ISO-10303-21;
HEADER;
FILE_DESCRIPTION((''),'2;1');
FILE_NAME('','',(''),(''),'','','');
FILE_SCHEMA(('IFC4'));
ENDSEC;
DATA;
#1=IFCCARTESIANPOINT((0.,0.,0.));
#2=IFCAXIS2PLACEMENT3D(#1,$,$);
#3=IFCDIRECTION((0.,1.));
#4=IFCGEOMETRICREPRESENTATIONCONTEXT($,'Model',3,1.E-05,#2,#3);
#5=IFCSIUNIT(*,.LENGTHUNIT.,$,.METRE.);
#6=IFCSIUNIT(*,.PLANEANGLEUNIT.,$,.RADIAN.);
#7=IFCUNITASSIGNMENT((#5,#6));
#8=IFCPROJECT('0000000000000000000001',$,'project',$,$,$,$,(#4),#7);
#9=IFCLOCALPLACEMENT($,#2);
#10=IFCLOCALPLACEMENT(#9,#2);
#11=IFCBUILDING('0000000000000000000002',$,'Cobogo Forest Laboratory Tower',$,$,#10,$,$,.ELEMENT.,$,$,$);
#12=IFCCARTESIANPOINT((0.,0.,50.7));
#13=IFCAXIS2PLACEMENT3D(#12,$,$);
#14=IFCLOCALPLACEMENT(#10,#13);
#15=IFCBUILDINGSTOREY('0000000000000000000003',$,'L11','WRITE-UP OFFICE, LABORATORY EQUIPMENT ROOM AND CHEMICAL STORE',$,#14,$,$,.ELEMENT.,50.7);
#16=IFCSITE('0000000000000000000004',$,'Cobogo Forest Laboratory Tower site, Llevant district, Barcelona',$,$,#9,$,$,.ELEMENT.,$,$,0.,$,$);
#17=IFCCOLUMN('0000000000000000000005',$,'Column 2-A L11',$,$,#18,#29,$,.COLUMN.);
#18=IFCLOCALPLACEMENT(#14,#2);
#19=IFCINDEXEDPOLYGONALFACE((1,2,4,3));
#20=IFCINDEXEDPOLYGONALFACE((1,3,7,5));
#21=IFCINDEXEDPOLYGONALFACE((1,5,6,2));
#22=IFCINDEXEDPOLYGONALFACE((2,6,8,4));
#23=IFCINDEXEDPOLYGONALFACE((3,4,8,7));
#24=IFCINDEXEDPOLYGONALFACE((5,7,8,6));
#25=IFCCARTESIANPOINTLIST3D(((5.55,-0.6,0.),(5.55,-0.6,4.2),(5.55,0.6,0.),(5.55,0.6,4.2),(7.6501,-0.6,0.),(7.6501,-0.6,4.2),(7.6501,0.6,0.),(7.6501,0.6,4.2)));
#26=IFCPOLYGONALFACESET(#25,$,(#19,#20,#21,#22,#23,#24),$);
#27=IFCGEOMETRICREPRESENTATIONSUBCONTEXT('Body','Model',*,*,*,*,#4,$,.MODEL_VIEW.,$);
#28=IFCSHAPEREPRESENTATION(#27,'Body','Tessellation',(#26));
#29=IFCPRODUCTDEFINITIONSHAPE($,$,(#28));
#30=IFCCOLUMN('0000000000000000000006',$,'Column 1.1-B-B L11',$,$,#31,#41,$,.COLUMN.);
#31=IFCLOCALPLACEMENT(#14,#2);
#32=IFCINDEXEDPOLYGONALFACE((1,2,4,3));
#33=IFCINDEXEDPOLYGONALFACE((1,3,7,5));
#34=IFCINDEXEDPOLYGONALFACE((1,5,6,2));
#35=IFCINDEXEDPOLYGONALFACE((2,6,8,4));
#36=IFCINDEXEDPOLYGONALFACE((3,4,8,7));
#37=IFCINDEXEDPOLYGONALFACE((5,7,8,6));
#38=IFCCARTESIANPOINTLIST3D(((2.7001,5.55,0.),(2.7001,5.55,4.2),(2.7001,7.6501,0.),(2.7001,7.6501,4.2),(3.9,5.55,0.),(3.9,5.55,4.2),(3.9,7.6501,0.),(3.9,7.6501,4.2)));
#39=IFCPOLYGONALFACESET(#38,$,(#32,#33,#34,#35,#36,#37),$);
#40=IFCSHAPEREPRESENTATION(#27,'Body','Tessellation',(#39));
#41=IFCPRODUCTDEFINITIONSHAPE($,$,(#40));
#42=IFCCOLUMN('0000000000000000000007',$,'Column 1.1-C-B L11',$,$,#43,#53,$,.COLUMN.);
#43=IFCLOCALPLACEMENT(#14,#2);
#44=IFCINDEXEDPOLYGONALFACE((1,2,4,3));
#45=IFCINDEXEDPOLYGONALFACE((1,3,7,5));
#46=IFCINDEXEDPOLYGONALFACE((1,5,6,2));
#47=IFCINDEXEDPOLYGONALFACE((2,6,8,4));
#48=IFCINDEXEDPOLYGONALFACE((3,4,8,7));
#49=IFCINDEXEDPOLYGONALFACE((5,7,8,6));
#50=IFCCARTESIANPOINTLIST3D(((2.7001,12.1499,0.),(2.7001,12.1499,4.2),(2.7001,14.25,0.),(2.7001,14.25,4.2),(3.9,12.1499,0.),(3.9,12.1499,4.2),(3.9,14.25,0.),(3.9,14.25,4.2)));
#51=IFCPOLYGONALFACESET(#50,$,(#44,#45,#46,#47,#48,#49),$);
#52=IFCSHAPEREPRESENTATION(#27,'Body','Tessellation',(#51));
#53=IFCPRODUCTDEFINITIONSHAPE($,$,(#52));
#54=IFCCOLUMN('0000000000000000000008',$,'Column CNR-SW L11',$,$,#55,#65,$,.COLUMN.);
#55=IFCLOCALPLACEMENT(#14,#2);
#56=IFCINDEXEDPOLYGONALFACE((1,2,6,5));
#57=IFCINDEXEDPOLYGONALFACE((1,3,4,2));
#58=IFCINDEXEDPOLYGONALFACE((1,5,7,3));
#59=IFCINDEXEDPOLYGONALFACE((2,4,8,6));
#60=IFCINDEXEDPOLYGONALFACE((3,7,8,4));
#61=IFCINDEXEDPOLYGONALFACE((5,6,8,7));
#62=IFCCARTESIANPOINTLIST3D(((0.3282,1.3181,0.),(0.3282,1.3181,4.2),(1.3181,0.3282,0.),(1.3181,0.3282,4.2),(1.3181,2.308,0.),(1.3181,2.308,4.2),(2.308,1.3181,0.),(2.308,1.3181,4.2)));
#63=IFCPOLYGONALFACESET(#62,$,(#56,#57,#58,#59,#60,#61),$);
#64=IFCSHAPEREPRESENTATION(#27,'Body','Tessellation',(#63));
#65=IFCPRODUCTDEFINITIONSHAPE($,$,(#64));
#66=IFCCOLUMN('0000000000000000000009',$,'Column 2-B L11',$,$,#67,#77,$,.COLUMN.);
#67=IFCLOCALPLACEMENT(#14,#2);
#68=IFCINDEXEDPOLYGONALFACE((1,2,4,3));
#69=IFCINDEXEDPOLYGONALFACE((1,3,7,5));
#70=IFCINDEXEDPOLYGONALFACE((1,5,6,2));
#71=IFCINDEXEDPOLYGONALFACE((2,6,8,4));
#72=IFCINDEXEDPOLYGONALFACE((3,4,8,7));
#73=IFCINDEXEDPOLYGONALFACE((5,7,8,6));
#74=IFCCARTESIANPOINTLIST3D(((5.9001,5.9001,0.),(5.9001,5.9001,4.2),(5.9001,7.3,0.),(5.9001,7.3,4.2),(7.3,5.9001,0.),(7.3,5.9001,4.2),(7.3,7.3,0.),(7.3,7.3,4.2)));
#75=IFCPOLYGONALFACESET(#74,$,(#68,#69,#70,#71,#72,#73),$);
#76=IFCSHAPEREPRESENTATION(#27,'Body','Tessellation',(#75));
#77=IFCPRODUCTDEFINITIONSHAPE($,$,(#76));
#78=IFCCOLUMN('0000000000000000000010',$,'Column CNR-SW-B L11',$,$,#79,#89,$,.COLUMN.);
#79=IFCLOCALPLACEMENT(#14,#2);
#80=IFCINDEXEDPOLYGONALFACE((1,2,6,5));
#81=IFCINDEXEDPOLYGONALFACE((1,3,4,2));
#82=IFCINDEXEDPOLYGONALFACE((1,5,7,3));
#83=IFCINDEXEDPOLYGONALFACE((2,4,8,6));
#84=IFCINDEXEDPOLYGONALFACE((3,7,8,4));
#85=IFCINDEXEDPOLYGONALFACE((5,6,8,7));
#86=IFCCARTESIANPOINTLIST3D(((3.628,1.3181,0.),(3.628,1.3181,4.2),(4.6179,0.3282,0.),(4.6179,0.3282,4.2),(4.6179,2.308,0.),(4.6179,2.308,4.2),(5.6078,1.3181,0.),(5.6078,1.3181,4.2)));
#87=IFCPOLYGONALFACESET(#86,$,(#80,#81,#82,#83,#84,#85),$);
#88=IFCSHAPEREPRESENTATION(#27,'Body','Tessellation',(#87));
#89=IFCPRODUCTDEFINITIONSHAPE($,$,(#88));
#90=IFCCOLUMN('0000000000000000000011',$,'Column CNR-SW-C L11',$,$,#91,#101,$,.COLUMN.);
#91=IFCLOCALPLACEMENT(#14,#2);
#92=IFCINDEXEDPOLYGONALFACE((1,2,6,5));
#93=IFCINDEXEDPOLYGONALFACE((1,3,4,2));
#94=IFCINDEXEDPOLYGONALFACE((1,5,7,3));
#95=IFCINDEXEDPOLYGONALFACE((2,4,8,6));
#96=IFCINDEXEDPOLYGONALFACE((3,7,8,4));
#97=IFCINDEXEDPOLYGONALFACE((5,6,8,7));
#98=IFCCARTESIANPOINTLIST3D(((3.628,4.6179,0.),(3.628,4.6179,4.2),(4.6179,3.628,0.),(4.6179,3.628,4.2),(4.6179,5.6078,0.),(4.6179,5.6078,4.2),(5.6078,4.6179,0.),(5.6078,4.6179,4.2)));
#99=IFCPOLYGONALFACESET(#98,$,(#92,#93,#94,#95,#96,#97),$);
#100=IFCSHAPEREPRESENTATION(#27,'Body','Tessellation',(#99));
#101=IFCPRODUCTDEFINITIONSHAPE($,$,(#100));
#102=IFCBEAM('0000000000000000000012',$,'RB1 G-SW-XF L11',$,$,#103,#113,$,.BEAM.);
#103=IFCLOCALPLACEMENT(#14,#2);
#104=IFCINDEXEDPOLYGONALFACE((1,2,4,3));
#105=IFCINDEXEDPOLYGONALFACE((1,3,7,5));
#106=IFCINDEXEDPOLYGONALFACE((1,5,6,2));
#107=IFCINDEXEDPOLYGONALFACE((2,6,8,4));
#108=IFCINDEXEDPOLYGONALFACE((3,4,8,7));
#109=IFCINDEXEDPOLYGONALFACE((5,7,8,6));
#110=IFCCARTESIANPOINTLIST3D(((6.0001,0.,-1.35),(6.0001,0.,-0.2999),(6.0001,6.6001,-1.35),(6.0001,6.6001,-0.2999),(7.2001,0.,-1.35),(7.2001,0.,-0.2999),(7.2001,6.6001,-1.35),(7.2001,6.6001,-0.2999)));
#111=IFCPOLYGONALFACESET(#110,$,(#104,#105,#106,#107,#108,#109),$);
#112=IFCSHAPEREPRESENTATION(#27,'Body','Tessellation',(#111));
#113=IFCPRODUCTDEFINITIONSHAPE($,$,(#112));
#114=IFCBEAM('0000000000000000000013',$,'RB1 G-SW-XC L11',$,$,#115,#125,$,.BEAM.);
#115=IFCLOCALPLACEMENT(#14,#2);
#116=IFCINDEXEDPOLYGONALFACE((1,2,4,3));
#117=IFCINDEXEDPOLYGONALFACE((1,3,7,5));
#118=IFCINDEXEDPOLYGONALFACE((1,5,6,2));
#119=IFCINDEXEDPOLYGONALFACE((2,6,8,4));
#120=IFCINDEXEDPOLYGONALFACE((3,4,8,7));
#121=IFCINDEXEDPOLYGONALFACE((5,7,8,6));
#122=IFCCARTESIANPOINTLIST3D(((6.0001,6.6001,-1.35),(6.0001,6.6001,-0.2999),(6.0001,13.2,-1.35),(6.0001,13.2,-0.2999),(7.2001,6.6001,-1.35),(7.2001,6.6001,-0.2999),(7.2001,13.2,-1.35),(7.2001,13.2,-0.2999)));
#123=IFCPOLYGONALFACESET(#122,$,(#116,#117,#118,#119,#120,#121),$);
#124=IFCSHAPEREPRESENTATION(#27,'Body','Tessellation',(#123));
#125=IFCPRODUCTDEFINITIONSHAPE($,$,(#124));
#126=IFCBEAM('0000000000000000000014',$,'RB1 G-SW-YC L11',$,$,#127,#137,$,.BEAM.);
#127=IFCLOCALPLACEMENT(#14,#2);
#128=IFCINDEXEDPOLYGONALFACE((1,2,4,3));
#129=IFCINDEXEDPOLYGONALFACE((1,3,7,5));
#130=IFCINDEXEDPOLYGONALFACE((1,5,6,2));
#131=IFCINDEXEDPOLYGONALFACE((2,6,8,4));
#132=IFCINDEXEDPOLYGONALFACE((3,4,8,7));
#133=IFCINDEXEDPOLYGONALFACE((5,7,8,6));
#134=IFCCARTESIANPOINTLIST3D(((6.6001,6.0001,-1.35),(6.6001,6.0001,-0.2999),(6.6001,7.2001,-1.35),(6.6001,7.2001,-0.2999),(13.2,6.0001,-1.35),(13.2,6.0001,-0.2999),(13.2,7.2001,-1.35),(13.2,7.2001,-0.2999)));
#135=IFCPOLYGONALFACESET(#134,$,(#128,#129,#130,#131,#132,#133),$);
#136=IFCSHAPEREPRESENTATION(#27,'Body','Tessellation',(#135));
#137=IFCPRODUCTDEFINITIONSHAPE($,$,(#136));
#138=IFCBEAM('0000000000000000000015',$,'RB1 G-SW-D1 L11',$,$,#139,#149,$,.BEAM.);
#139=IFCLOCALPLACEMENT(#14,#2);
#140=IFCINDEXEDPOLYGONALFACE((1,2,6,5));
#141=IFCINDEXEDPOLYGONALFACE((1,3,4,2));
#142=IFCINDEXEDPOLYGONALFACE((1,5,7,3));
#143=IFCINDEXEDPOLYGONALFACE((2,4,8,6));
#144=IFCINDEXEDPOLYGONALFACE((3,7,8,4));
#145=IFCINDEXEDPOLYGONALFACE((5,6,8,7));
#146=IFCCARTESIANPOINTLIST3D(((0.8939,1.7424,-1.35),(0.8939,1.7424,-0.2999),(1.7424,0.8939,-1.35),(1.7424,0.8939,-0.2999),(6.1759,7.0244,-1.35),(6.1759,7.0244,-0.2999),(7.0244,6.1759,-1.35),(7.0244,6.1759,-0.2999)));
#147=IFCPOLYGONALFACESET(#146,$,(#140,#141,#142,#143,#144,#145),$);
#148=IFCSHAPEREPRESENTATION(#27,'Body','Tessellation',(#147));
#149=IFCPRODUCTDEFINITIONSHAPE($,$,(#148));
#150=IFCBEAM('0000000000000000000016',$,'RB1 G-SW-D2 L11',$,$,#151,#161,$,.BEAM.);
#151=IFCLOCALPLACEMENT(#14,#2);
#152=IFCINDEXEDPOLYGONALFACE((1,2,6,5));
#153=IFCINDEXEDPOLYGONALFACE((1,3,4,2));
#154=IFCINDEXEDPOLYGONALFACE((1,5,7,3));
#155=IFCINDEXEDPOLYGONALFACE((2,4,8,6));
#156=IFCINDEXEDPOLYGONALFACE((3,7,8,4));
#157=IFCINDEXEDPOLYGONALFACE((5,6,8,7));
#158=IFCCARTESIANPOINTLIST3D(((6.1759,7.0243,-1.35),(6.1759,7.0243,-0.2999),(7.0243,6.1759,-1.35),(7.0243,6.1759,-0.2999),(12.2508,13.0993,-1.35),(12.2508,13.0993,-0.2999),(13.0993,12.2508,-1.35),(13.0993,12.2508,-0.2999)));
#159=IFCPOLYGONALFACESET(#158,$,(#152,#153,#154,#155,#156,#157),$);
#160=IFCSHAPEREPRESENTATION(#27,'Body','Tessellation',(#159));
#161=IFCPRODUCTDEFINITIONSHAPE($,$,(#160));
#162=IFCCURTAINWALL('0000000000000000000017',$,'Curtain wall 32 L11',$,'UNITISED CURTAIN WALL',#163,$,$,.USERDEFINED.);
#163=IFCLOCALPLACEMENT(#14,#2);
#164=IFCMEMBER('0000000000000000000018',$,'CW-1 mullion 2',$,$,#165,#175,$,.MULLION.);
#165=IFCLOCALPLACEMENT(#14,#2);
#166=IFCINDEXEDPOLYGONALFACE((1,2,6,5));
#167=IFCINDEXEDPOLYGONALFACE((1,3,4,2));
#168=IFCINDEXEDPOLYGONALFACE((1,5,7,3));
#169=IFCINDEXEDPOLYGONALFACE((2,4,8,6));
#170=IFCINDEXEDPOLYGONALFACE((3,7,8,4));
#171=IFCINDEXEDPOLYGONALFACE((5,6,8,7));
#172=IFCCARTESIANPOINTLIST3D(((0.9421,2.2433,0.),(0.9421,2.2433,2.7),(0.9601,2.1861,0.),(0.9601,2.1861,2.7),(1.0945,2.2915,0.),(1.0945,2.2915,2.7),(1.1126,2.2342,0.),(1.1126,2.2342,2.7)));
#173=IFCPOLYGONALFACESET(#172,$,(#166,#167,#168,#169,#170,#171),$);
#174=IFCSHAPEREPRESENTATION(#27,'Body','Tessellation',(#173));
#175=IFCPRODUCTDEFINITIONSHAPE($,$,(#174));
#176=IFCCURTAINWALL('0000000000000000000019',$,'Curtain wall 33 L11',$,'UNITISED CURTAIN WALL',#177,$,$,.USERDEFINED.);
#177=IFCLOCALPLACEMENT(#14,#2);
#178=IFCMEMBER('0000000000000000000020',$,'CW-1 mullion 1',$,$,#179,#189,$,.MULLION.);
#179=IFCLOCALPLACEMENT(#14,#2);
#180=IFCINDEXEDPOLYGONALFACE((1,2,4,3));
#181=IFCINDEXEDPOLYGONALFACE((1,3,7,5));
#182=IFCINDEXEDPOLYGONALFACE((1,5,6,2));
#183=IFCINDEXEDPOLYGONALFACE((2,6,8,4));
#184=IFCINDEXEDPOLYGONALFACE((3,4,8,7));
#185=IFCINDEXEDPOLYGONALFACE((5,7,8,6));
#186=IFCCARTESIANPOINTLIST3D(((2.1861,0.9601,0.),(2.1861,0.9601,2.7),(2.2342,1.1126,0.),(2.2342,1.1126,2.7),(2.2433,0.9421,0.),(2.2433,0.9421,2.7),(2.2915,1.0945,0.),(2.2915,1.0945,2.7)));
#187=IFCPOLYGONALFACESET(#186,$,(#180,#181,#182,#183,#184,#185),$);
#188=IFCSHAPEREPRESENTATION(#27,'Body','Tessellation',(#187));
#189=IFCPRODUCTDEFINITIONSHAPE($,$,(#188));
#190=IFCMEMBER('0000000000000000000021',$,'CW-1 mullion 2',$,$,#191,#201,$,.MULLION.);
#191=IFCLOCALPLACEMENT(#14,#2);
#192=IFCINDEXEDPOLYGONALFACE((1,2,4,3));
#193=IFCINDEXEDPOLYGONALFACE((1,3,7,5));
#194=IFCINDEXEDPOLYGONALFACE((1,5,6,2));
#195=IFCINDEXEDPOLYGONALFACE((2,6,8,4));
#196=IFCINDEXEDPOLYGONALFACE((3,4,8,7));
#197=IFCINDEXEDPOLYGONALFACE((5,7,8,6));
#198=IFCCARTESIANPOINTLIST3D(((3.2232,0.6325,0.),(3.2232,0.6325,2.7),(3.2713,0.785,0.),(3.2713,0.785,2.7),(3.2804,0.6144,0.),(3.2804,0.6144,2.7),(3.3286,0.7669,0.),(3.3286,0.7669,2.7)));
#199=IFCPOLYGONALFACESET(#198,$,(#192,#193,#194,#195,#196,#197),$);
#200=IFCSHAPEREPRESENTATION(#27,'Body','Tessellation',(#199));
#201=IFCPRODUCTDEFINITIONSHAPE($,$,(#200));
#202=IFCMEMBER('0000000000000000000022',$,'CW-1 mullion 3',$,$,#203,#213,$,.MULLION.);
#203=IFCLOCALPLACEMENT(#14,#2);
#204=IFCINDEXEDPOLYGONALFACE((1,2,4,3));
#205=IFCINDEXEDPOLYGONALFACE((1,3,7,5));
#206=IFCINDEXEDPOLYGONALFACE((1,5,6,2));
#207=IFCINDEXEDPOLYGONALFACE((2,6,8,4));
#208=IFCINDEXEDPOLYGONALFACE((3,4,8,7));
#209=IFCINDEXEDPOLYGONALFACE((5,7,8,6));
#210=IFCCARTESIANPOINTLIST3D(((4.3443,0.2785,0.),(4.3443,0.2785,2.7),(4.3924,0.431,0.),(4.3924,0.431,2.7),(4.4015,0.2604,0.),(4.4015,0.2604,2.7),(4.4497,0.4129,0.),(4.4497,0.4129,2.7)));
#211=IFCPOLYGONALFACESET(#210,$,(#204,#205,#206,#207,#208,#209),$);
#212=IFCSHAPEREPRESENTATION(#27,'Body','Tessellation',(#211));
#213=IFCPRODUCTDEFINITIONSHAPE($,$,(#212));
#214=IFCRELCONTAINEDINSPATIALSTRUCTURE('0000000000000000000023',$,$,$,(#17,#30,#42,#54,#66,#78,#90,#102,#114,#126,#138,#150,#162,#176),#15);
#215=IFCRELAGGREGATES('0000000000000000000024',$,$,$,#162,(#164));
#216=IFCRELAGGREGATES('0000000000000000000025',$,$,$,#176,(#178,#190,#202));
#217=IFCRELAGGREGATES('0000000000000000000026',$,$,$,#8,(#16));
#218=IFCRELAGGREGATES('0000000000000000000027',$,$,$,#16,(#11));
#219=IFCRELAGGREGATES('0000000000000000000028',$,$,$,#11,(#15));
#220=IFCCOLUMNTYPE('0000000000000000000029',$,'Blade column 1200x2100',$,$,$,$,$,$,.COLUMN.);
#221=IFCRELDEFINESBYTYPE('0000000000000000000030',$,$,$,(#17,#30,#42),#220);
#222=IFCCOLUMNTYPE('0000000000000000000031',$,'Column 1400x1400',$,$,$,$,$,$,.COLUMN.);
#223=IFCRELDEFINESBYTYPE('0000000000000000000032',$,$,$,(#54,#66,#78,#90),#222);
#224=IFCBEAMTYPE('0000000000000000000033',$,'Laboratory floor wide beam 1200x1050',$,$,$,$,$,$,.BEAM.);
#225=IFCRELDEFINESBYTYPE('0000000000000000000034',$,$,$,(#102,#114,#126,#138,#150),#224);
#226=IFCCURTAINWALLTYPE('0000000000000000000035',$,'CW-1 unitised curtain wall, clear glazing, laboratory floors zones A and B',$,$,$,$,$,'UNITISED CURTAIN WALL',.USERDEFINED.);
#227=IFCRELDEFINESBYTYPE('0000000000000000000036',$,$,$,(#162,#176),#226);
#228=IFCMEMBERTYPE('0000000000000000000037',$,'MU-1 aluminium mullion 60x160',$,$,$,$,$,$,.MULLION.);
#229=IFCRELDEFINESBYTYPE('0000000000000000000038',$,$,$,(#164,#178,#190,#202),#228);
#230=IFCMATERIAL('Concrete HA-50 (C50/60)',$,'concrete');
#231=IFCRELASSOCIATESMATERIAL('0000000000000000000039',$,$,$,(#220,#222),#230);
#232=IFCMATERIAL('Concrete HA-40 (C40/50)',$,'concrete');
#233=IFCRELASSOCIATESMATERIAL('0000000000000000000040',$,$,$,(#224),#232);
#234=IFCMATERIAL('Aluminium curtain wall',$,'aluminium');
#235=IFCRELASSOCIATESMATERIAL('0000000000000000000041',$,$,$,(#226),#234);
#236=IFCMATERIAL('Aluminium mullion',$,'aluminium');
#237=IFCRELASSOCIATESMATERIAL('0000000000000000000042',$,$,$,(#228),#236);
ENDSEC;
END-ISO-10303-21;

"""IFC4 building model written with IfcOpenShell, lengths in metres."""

from ifc_helpers import new_model, si_unit, direction, frame, origin, origin_2d, place, context, subcontext, project, spatial, rectangle, extrude, material, material_profile, profile_set, type_object, element, aggregate, save


model = new_model("IFC4")

# Units and contexts
model_context = context("Model", 3, precision=1e-05, world=origin(), true_north=direction((0.0, 1.0)))
body_context = subcontext(model_context, "Body", "Model", "MODEL_VIEW")
ifc_project = project(units=[si_unit("LENGTHUNIT", "METRE"), si_unit("PLANEANGLEUNIT", "RADIAN")], contexts=[model_context])

# Site, building, storey
site_placement = place(None, origin())
site = spatial("IfcSite", under=ifc_project, at=site_placement, Name="Cobogo Forest Laboratory Tower site, Llevant district, Barcelona", CompositionType="ELEMENT", RefElevation=0.0)
building_placement = place(site_placement, origin())
building = spatial("IfcBuilding", under=site, at=building_placement, Name="Cobogo Forest Laboratory Tower", CompositionType="ELEMENT")
storey_placement = place(building_placement, frame((0.0, 0.0, 50.7)))
storey = spatial("IfcBuildingStorey", under=building, at=storey_placement, Name="L11", Description="WRITE-UP OFFICE, LABORATORY EQUIPMENT ROOM AND CHEMICAL STORE", CompositionType="ELEMENT", Elevation=50.7)

# Columns
ifc_material_1 = material(Name="Concrete HA-50 (C50/60)", Category="concrete")
ifc_material_profile_1 = material_profile(ifc_material_1, rectangle(XDim=2.1001, YDim=1.2, at=origin_2d()), Name="RC 1200x2100")
ifc_profile_set_1 = profile_set([ifc_material_profile_1], Name="Concrete HA-50 (C50/60)")
column_type_1 = type_object("IfcColumnType", Name="Blade column 1200x2100", PredefinedType="COLUMN", material=ifc_profile_set_1)
for number, where, z_axis, x_axis, name in (
    (1, (6.6001, 0.0, 0.0), (0.0, 0.0, 1.0), (1.0, 0.0, 0.0), "Column 2-A L11"),
    (2, (3.3, 6.6001, 0.0), (0.0, 0.0, 1.0), (0.0, 1.0, 0.0), "Column 1.1-B-B L11"),
    (3, (3.3, 13.2, 0.0), (0.0, 0.0, 1.0), (0.0, 1.0, 0.0), "Column 1.1-C-B L11"),
):
    element("IfcColumn", number, at=place(storey_placement, frame(where, z_axis=z_axis, x_axis=x_axis)), inside=storey, type_object=column_type_1, Name=name, PredefinedType="COLUMN", context=body_context, shape_type="SweptSolid", body=[
        extrude(rectangle(XDim=2.1001, YDim=1.2, at=origin_2d()), origin(), (0.0, 0.0, 1.0), 4.2),
    ])
ifc_material_profile_2 = material_profile(ifc_material_1, rectangle(XDim=1.3999, YDim=1.3999, at=origin_2d()), Name="RC 1400x1400")
ifc_profile_set_2 = profile_set([ifc_material_profile_2], Name="Concrete HA-50 (C50/60)")
column_type_2 = type_object("IfcColumnType", Name="Column 1400x1400", PredefinedType="COLUMN", material=ifc_profile_set_2)
for number, where, z_axis, x_axis, name in (
    (4, (1.3181, 1.3181, 0.0), (0.0, 0.0, 1.0), (0.707107, 0.707107, 0.0), "Column CNR-SW L11"),
    (5, (6.6001, 6.6001, 0.0), (0.0, 0.0, 1.0), (1.0, 0.0, 0.0), "Column 2-B L11"),
    (6, (4.6179, 1.3181, 0.0), (0.0, 0.0, 1.0), (0.707107, 0.707107, 0.0), "Column CNR-SW-B L11"),
    (7, (4.6179, 4.6179, 0.0), (0.0, 0.0, 1.0), (0.707107, 0.707107, 0.0), "Column CNR-SW-C L11"),
):
    element("IfcColumn", number, at=place(storey_placement, frame(where, z_axis=z_axis, x_axis=x_axis)), inside=storey, type_object=column_type_2, Name=name, PredefinedType="COLUMN", context=body_context, shape_type="SweptSolid", body=[
        extrude(rectangle(XDim=1.3999, YDim=1.3999, at=origin_2d()), origin(), (0.0, 0.0, 1.0), 4.2),
    ])

# Beams
ifc_material_2 = material(Name="Concrete HA-40 (C40/50)", Category="concrete")
ifc_material_profile_3 = material_profile(ifc_material_2, rectangle(XDim=1.2, YDim=1.05, at=origin_2d()), Name="RC 1200x1050")
ifc_profile_set_3 = profile_set([ifc_material_profile_3], Name="Concrete HA-40 (C40/50)")
beam_type_1 = type_object("IfcBeamType", Name="Laboratory floor wide beam 1200x1050", PredefinedType="BEAM", material=ifc_profile_set_3)
beam_1_placement = place(storey_placement, frame((6.6001, 0.0, -0.825), z_axis=(0.0, 1.0, 0.0), x_axis=(-1.0, 0.0, 0.0)))
element("IfcBeam", 8, at=beam_1_placement, inside=storey, type_object=beam_type_1, Name="RB1 G-SW-XF L11", PredefinedType="BEAM", context=body_context, shape_type="SweptSolid", body=[
    extrude(rectangle(XDim=1.2, YDim=1.05, at=origin_2d()), origin(), (0.0, 0.0, 1.0), 6.6001),
])
for number, where, z_axis, x_axis, name in (
    (9, (6.6001, 6.6001, -0.825), (0.0, 1.0, 0.0), (-1.0, 0.0, 0.0), "RB1 G-SW-XC L11"),
    (10, (6.6001, 6.6001, -0.825), (1.0, 0.0, 0.0), (0.0, 1.0, 0.0), "RB1 G-SW-YC L11"),
):
    element("IfcBeam", number, at=place(storey_placement, frame(where, z_axis=z_axis, x_axis=x_axis)), inside=storey, type_object=beam_type_1, Name=name, PredefinedType="BEAM", context=body_context, shape_type="SweptSolid", body=[
        extrude(rectangle(XDim=1.2, YDim=1.05, at=origin_2d()), origin(), (0.0, 0.0, 1.0), 6.5999),
    ])
beam_2_placement = place(storey_placement, frame((1.3181, 1.3181, -0.825), z_axis=(0.707107, 0.707107, 0.0), x_axis=(-0.707107, 0.707107, 0.0)))
element("IfcBeam", 11, at=beam_2_placement, inside=storey, type_object=beam_type_1, Name="RB1 G-SW-D1 L11", PredefinedType="BEAM", context=body_context, shape_type="SweptSolid", body=[
    extrude(rectangle(XDim=1.2, YDim=1.05, at=origin_2d()), origin(), (0.0, 0.0, 1.0), 7.47),
])
beam_3_placement = place(storey_placement, frame((6.6001, 6.6001, -0.825), z_axis=(0.707107, 0.707107, 0.0), x_axis=(-0.707107, 0.707107, 0.0)))
element("IfcBeam", 12, at=beam_3_placement, inside=storey, type_object=beam_type_1, Name="RB1 G-SW-D2 L11", PredefinedType="BEAM", context=body_context, shape_type="SweptSolid", body=[
    extrude(rectangle(XDim=1.2, YDim=1.05, at=origin_2d()), origin(), (0.0, 0.0, 1.0), 8.5913),
])

# Curtain wall, member
ifc_material_3 = material(Name="Aluminium curtain wall", Category="aluminium")
curtain_wall_type = type_object("IfcCurtainWallType", Name="CW-1 unitised curtain wall, clear glazing, laboratory floors zones A and B", ElementType="UNITISED CURTAIN WALL", PredefinedType="USERDEFINED", material=ifc_material_3)
curtain_wall_1_placement = place(storey_placement, origin())
curtain_wall_1 = element("IfcCurtainWall", 13, at=curtain_wall_1_placement, inside=storey, type_object=curtain_wall_type, Name="Curtain wall 32 L11", ObjectType="UNITISED CURTAIN WALL", PredefinedType="USERDEFINED")
ifc_material_4 = material(Name="Aluminium mullion", Category="aluminium")
ifc_material_profile_4 = material_profile(ifc_material_4, rectangle(XDim=0.0601, YDim=0.1599, at=origin_2d()), Name="AL 60x160")
ifc_profile_set_4 = profile_set([ifc_material_profile_4], Name="Aluminium mullion")
member_type_1 = type_object("IfcMemberType", Name="MU-1 aluminium mullion 60x160", PredefinedType="MULLION", material=ifc_profile_set_4)
member_1_placement = place(storey_placement, frame((1.0273, 2.2388, 0.0), z_axis=(0.0, 0.0, 1.0), x_axis=(0.301135, -0.953581, 0.0)))
member_1 = element("IfcMember", 14, at=member_1_placement, type_object=member_type_1, Name="CW-1 mullion 2", PredefinedType="MULLION", context=body_context, shape_type="SweptSolid", body=[
    extrude(rectangle(XDim=0.0601, YDim=0.1599, at=origin_2d()), origin(), (0.0, 0.0, 1.0), 2.7),
])

# Curtain wall, members
curtain_wall_2_placement = place(storey_placement, origin())
curtain_wall_2 = element("IfcCurtainWall", 15, at=curtain_wall_2_placement, inside=storey, type_object=curtain_wall_type, Name="Curtain wall 33 L11", ObjectType="UNITISED CURTAIN WALL", PredefinedType="USERDEFINED")
member_2_placement = place(storey_placement, frame((2.2388, 1.0273, 0.0), z_axis=(0.0, 0.0, 1.0), x_axis=(0.953581, -0.301135, 0.0)))
member_2 = element("IfcMember", 16, at=member_2_placement, type_object=member_type_1, Name="CW-1 mullion 1", PredefinedType="MULLION", context=body_context, shape_type="SweptSolid", body=[
    extrude(rectangle(XDim=0.0601, YDim=0.1599, at=origin_2d()), origin(), (0.0, 0.0, 1.0), 2.7),
])
member_3_placement = place(storey_placement, frame((3.2759, 0.6997, 0.0), z_axis=(0.0, 0.0, 1.0), x_axis=(0.953581, -0.301135, 0.0)))
member_3 = element("IfcMember", 17, at=member_3_placement, type_object=member_type_1, Name="CW-1 mullion 2", PredefinedType="MULLION", context=body_context, shape_type="SweptSolid", body=[
    extrude(rectangle(XDim=0.0601, YDim=0.1599, at=origin_2d()), origin(), (0.0, 0.0, 1.0), 2.7),
])
member_4_placement = place(storey_placement, frame((4.397, 0.3457, 0.0), z_axis=(0.0, 0.0, 1.0), x_axis=(0.953581, -0.301135, 0.0)))
member_4 = element("IfcMember", 18, at=member_4_placement, type_object=member_type_1, Name="CW-1 mullion 3", PredefinedType="MULLION", context=body_context, shape_type="SweptSolid", body=[
    extrude(rectangle(XDim=0.0601, YDim=0.1599, at=origin_2d()), origin(), (0.0, 0.0, 1.0), 2.7),
])

aggregate(curtain_wall_1, [member_1])
aggregate(curtain_wall_2, [member_2, member_3, member_4])

save(model, "model.ifc")
